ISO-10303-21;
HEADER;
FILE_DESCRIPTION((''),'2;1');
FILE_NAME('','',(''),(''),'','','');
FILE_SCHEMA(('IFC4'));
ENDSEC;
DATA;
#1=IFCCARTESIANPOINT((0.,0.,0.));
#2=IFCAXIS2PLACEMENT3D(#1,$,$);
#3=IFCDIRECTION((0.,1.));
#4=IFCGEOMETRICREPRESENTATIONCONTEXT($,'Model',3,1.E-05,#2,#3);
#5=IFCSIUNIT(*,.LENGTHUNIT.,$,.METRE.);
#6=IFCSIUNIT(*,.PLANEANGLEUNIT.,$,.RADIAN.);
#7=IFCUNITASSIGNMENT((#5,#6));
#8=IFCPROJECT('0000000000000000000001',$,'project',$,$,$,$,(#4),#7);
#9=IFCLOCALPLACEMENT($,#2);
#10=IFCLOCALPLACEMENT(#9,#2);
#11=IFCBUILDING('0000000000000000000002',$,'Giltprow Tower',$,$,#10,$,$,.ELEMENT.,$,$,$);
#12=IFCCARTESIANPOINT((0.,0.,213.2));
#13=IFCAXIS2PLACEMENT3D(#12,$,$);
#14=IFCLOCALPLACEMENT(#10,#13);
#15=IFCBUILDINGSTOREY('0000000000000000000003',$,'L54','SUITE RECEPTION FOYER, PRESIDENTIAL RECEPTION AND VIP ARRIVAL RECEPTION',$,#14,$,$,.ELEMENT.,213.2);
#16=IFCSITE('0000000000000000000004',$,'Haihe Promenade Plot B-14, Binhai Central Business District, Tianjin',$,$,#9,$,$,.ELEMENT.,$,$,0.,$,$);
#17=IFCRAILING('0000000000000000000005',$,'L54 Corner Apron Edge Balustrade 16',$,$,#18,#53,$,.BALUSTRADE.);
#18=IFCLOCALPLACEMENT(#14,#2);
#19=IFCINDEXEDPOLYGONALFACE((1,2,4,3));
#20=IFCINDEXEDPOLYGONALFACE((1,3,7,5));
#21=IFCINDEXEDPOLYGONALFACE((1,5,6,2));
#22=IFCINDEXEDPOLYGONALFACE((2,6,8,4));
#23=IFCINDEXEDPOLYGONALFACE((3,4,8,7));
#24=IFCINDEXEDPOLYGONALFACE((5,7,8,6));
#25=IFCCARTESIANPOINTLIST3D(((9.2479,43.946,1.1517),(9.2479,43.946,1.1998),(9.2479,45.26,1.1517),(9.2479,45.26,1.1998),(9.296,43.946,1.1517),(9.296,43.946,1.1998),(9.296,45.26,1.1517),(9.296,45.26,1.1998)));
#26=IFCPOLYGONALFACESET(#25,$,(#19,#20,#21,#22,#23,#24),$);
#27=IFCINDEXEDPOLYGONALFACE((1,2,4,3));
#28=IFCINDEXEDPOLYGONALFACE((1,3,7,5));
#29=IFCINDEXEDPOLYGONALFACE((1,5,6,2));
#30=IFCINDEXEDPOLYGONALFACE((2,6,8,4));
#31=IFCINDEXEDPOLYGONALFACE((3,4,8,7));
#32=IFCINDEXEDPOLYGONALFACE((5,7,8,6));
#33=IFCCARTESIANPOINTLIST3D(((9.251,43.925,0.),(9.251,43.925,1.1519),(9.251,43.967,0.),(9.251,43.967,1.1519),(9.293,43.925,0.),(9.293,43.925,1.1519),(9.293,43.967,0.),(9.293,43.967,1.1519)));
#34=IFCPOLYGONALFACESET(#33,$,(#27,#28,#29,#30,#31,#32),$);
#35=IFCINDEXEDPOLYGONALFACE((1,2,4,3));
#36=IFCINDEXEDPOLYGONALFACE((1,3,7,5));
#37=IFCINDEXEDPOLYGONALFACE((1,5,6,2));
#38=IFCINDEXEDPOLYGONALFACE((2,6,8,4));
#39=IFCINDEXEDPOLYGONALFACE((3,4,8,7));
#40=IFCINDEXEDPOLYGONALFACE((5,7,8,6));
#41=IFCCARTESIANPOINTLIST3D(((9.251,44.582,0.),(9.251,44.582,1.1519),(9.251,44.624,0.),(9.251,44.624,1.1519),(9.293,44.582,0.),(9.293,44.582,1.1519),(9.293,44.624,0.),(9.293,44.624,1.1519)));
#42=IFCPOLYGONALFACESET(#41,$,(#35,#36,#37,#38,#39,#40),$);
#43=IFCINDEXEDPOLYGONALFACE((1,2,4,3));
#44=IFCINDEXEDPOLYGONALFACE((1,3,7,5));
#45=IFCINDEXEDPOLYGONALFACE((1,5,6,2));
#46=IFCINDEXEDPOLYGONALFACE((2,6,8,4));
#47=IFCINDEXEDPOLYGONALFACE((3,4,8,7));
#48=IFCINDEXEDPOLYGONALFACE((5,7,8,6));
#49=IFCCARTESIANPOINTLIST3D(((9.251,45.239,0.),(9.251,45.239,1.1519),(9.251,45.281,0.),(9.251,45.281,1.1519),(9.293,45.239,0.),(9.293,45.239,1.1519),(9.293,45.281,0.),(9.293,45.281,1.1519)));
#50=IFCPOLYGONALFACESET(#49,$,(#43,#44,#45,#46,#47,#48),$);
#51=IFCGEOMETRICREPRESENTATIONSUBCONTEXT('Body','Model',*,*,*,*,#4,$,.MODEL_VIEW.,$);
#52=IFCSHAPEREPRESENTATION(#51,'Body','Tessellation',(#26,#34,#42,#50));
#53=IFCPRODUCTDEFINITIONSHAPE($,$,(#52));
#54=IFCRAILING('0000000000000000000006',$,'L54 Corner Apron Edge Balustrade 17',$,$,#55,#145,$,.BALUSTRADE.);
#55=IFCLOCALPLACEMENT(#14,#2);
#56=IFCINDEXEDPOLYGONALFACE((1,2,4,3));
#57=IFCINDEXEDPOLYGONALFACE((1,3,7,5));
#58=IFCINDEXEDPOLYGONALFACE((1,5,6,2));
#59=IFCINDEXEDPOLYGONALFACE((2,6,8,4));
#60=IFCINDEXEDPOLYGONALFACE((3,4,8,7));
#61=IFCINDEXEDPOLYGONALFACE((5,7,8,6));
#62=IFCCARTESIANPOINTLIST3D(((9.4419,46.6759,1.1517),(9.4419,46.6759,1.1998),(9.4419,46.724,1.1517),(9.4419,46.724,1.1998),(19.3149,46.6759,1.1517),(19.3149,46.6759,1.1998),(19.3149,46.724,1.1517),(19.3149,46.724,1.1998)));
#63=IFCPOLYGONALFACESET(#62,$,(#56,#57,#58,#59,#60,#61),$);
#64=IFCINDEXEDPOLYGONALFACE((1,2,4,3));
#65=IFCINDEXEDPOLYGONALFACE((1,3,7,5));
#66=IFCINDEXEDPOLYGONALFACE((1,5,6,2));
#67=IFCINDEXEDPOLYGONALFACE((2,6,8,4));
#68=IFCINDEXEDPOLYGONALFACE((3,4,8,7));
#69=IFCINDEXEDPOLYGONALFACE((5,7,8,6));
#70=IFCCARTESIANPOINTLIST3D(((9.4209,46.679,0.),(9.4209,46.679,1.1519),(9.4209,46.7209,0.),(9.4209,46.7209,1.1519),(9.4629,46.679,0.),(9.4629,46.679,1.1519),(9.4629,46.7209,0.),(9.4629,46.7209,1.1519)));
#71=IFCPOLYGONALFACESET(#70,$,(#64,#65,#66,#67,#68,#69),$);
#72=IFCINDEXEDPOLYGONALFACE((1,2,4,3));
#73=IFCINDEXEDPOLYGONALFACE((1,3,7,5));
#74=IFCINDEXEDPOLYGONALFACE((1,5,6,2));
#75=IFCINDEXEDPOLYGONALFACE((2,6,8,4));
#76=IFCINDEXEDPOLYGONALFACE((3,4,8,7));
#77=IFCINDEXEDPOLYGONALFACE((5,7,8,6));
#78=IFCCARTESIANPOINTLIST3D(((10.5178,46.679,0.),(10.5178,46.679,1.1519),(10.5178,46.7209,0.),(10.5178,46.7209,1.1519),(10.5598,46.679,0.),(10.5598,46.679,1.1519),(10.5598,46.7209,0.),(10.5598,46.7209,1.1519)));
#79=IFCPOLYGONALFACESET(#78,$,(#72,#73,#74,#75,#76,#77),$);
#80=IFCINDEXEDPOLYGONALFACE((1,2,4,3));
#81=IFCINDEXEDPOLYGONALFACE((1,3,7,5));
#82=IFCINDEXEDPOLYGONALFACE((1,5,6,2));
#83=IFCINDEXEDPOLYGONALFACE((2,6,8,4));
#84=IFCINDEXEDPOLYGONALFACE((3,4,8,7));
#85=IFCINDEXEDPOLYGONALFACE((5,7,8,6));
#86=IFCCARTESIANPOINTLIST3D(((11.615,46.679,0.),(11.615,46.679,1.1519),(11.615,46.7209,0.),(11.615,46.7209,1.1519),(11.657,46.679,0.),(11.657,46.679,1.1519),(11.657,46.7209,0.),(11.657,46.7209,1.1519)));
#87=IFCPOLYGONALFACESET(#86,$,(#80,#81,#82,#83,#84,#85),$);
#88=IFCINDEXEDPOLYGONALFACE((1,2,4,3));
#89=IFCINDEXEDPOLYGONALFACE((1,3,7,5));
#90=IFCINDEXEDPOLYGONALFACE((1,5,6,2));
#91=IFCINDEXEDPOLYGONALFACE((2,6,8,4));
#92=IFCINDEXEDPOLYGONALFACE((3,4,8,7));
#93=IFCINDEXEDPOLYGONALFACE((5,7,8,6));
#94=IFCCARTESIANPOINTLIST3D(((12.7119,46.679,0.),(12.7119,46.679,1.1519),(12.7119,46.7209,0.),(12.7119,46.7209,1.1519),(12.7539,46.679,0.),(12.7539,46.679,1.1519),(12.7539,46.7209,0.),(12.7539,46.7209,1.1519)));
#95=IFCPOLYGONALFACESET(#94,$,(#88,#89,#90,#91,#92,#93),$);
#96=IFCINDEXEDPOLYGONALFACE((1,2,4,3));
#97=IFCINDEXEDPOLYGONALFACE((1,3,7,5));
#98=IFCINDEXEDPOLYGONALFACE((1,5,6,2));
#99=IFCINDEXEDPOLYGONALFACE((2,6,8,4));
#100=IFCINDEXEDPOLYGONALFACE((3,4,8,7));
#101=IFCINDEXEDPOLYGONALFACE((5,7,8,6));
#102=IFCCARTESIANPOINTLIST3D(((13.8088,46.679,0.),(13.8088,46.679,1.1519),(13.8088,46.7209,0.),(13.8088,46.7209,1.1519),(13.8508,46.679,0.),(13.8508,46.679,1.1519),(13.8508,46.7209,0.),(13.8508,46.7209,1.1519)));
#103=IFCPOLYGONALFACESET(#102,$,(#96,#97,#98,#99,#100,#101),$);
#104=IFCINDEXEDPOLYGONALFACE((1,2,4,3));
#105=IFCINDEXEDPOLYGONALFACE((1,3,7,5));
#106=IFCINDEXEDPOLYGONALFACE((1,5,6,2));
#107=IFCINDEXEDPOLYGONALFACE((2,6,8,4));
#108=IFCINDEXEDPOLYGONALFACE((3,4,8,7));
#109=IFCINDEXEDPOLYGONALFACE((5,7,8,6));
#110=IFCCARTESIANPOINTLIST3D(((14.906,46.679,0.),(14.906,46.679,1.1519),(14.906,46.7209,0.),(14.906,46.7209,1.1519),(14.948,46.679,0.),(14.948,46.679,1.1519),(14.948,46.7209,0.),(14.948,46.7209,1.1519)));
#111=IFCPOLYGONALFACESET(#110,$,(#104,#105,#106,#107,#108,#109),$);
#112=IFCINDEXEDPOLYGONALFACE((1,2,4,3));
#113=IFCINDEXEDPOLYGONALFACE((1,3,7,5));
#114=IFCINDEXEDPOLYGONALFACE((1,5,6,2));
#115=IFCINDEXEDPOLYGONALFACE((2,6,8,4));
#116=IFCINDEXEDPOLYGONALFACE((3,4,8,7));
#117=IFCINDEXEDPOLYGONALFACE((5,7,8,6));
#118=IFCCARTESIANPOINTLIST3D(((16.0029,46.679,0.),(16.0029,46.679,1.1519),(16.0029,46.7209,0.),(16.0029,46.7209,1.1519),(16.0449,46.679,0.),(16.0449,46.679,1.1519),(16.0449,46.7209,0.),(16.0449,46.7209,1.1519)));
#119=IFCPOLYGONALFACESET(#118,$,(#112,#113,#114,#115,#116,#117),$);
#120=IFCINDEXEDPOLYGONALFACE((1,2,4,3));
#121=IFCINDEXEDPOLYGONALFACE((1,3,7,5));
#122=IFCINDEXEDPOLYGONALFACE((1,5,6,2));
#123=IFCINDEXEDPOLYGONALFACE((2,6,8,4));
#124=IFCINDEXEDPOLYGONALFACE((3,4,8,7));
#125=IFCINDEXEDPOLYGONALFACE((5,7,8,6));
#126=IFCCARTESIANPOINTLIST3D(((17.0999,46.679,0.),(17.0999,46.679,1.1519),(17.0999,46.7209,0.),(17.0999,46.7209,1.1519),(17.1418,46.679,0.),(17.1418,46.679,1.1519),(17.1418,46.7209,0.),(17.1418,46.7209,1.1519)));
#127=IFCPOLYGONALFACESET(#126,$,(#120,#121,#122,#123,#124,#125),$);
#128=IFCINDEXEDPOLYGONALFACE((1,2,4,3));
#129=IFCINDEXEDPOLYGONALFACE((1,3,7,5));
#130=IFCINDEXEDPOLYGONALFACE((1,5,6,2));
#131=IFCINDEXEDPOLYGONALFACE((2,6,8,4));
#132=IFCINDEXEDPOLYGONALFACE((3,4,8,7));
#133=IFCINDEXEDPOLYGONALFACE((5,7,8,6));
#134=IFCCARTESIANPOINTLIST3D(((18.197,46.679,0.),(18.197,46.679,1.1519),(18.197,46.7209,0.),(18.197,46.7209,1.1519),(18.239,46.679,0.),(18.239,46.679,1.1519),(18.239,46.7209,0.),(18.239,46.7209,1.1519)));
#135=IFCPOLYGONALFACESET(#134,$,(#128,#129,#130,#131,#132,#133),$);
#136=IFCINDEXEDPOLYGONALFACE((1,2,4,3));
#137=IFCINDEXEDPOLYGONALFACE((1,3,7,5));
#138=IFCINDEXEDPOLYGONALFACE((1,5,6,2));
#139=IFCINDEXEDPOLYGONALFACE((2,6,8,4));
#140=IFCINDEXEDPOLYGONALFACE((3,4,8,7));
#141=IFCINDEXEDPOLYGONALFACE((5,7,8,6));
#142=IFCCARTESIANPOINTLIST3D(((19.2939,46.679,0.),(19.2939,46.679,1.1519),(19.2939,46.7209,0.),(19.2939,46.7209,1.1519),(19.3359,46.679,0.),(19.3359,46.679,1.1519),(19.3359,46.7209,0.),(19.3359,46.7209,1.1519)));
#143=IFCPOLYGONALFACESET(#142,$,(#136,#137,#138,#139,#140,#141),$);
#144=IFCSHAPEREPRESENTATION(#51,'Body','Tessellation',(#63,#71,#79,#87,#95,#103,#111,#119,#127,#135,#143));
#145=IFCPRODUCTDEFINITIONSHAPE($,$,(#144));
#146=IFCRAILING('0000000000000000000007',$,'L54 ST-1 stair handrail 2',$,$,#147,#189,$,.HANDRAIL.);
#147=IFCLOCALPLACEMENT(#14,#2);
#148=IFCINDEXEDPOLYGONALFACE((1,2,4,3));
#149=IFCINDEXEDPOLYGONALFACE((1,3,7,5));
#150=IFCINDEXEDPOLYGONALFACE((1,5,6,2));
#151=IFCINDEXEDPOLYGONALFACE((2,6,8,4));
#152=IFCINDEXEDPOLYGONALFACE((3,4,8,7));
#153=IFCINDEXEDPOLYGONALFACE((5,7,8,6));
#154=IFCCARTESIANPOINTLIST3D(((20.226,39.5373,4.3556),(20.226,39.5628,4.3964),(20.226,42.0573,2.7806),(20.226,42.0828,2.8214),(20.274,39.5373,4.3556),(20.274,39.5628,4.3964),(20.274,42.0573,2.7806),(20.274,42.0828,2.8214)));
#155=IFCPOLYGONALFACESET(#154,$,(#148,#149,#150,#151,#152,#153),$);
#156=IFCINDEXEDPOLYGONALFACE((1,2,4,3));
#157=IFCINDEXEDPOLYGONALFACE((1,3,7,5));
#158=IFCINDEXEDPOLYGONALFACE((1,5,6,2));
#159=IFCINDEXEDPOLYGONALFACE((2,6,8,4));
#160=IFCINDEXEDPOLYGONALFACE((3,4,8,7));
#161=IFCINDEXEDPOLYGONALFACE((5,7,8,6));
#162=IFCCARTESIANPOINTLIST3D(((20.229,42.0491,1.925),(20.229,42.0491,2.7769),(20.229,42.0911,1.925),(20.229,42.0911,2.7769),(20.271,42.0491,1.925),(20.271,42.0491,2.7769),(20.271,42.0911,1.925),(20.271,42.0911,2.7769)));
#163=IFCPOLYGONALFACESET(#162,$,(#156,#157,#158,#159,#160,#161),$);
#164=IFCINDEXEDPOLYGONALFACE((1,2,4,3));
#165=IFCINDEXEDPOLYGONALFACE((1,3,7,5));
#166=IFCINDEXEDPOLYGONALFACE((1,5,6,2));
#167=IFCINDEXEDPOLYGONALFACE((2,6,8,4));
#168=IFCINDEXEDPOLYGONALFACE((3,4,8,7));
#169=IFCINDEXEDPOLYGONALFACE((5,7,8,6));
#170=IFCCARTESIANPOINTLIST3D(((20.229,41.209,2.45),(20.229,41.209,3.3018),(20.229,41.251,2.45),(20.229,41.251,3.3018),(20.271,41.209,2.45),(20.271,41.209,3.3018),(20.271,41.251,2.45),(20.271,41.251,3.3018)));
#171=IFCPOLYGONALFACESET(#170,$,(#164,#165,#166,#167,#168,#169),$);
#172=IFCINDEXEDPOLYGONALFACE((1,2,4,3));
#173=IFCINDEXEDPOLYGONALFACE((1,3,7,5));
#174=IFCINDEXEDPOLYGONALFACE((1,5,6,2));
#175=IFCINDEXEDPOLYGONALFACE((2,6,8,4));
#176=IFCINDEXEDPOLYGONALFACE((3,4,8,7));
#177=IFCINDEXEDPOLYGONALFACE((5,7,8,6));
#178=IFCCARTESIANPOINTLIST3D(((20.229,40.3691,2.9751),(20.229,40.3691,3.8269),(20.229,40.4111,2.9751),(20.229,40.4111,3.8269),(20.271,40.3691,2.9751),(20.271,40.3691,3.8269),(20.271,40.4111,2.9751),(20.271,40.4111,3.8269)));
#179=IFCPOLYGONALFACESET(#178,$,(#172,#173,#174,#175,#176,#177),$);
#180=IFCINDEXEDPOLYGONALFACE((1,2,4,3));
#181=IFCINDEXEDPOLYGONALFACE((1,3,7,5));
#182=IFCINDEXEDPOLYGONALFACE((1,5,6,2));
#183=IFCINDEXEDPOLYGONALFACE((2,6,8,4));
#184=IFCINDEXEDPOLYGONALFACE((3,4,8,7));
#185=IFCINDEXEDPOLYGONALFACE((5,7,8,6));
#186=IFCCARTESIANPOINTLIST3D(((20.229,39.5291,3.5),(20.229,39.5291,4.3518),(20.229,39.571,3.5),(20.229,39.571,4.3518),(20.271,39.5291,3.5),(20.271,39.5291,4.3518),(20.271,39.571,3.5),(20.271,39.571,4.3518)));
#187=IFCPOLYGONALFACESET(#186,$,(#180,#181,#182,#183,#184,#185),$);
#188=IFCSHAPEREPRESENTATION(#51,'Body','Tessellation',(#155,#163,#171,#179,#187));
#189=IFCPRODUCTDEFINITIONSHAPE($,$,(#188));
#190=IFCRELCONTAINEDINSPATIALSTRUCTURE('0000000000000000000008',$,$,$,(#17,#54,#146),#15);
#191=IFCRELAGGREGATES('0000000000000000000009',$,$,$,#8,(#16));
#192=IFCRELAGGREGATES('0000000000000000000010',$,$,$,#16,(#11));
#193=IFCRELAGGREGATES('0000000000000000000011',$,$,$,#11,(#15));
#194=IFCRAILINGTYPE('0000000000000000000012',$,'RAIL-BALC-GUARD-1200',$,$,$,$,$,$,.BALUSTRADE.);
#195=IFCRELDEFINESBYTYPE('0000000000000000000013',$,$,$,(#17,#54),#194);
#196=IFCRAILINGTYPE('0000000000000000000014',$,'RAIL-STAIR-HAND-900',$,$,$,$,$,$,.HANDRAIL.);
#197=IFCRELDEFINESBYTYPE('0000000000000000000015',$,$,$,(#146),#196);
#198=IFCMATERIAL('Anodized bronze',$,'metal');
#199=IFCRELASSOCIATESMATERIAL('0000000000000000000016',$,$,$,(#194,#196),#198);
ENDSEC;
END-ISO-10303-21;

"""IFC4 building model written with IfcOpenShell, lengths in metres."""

from ifc_helpers import new_model, si_unit, direction, frame, origin, origin_2d, place, context, subcontext, project, spatial, rectangle, extrude, material, type_object, element, save


model = new_model("IFC4")

# Units and contexts
model_context = context("Model", 3, precision=1e-05, world=origin(), true_north=direction((0.0, 1.0)))
body_context = subcontext(model_context, "Body", "Model", "MODEL_VIEW")
ifc_project = project(units=[si_unit("LENGTHUNIT", "METRE"), si_unit("PLANEANGLEUNIT", "RADIAN")], contexts=[model_context])

# Site, building, storey
site_placement = place(None, origin())
site = spatial("IfcSite", under=ifc_project, at=site_placement, Name="Haihe Promenade Plot B-14, Binhai Central Business District, Tianjin", CompositionType="ELEMENT", RefElevation=0.0)
building_placement = place(site_placement, origin())
building = spatial("IfcBuilding", under=site, at=building_placement, Name="Giltprow Tower", CompositionType="ELEMENT")
storey_placement = place(building_placement, frame((0.0, 0.0, 213.2)))
storey = spatial("IfcBuildingStorey", under=building, at=storey_placement, Name="L54", Description="SUITE RECEPTION FOYER, PRESIDENTIAL RECEPTION AND VIP ARRIVAL RECEPTION", CompositionType="ELEMENT", Elevation=213.2)

# Railings
ifc_material_1 = material(Name="Anodized bronze", Category="metal")
railing_type_1 = type_object("IfcRailingType", Name="RAIL-BALC-GUARD-1200", PredefinedType="BALUSTRADE", material=ifc_material_1)
railing_1_placement = place(storey_placement, frame((9.272, 43.946, 0.0)))
element("IfcRailing", 1, at=railing_1_placement, inside=storey, type_object=railing_type_1, Name="L54 Corner Apron Edge Balustrade 16", PredefinedType="BALUSTRADE", context=body_context, shape_type="SweptSolid", body=[
    extrude(rectangle(XDim=0.0481, YDim=0.0481, at=origin_2d()), frame((0.0, 0.0, 1.1758), z_axis=(0.0, 1.0, 0.0), x_axis=(-1.0, 0.0, 0.0)), (0.0, 0.0, 1.0), 1.314),
    extrude(rectangle(XDim=0.042, YDim=0.042, at=origin_2d()), origin(), (0.0, 0.0, 1.0), 1.1519),
    extrude(rectangle(XDim=0.042, YDim=0.042, at=origin_2d()), frame((0.0, 0.657, 0.0)), (0.0, 0.0, 1.0), 1.1519),
    extrude(rectangle(XDim=0.042, YDim=0.042, at=origin_2d()), frame((0.0, 1.314, 0.0)), (0.0, 0.0, 1.0), 1.1519),
])
railing_2_placement = place(storey_placement, frame((9.4419, 46.7, 0.0)))
element("IfcRailing", 2, at=railing_2_placement, inside=storey, type_object=railing_type_1, Name="L54 Corner Apron Edge Balustrade 17", PredefinedType="BALUSTRADE", context=body_context, shape_type="SweptSolid", body=[
    extrude(rectangle(XDim=0.0481, YDim=0.0481, at=origin_2d()), frame((0.0, 0.0, 1.1758), z_axis=(1.0, 0.0, 0.0), x_axis=(0.0, 1.0, 0.0)), (0.0, 0.0, 1.0), 9.873),
    extrude(rectangle(XDim=0.042, YDim=0.042, at=origin_2d()), origin(), (0.0, 0.0, 1.0), 1.1519),
    extrude(rectangle(XDim=0.042, YDim=0.042, at=origin_2d()), frame((1.0969, 0.0, 0.0)), (0.0, 0.0, 1.0), 1.1519),
    extrude(rectangle(XDim=0.042, YDim=0.042, at=origin_2d()), frame((2.1941, 0.0, 0.0)), (0.0, 0.0, 1.0), 1.1519),
    extrude(rectangle(XDim=0.042, YDim=0.042, at=origin_2d()), frame((3.291, 0.0, 0.0)), (0.0, 0.0, 1.0), 1.1519),
    extrude(rectangle(XDim=0.042, YDim=0.042, at=origin_2d()), frame((4.3879, 0.0, 0.0)), (0.0, 0.0, 1.0), 1.1519),
    extrude(rectangle(XDim=0.042, YDim=0.042, at=origin_2d()), frame((5.4851, 0.0, 0.0)), (0.0, 0.0, 1.0), 1.1519),
    extrude(rectangle(XDim=0.042, YDim=0.042, at=origin_2d()), frame((6.582, 0.0, 0.0)), (0.0, 0.0, 1.0), 1.1519),
    extrude(rectangle(XDim=0.042, YDim=0.042, at=origin_2d()), frame((7.679, 0.0, 0.0)), (0.0, 0.0, 1.0), 1.1519),
    extrude(rectangle(XDim=0.042, YDim=0.042, at=origin_2d()), frame((8.7761, 0.0, 0.0)), (0.0, 0.0, 1.0), 1.1519),
    extrude(rectangle(XDim=0.042, YDim=0.042, at=origin_2d()), frame((9.873, 0.0, 0.0)), (0.0, 0.0, 1.0), 1.1519),
])
railing_type_2 = type_object("IfcRailingType", Name="RAIL-STAIR-HAND-900", PredefinedType="HANDRAIL", material=ifc_material_1)
railing_3_placement = place(storey_placement, frame((20.25, 42.0701, 1.925)))
element("IfcRailing", 3, at=railing_3_placement, inside=storey, type_object=railing_type_2, Name="L54 ST-1 stair handrail 2", PredefinedType="HANDRAIL", context=body_context, shape_type="SweptSolid", body=[
    extrude(rectangle(XDim=0.0481, YDim=0.0481, at=origin_2d()), frame((0.0, 0.0, 0.876), z_axis=(0.0, -0.848008, 0.529984), x_axis=(1.0, 0.0, 0.0)), (0.0, 0.0, 1.0), 2.9717),
    extrude(rectangle(XDim=0.042, YDim=0.042, at=origin_2d()), origin(), (0.0, 0.0, 1.0), 0.8518),
    extrude(rectangle(XDim=0.042, YDim=0.042, at=origin_2d()), frame((0.0, -0.8401, 0.5249)), (0.0, 0.0, 1.0), 0.8518),
    extrude(rectangle(XDim=0.042, YDim=0.042, at=origin_2d()), frame((0.0, -1.6799, 1.05)), (0.0, 0.0, 1.0), 0.8518),
    extrude(rectangle(XDim=0.042, YDim=0.042, at=origin_2d()), frame((0.0, -2.52, 1.575)), (0.0, 0.0, 1.0), 0.8518),
])

save(model, "model.ifc")
